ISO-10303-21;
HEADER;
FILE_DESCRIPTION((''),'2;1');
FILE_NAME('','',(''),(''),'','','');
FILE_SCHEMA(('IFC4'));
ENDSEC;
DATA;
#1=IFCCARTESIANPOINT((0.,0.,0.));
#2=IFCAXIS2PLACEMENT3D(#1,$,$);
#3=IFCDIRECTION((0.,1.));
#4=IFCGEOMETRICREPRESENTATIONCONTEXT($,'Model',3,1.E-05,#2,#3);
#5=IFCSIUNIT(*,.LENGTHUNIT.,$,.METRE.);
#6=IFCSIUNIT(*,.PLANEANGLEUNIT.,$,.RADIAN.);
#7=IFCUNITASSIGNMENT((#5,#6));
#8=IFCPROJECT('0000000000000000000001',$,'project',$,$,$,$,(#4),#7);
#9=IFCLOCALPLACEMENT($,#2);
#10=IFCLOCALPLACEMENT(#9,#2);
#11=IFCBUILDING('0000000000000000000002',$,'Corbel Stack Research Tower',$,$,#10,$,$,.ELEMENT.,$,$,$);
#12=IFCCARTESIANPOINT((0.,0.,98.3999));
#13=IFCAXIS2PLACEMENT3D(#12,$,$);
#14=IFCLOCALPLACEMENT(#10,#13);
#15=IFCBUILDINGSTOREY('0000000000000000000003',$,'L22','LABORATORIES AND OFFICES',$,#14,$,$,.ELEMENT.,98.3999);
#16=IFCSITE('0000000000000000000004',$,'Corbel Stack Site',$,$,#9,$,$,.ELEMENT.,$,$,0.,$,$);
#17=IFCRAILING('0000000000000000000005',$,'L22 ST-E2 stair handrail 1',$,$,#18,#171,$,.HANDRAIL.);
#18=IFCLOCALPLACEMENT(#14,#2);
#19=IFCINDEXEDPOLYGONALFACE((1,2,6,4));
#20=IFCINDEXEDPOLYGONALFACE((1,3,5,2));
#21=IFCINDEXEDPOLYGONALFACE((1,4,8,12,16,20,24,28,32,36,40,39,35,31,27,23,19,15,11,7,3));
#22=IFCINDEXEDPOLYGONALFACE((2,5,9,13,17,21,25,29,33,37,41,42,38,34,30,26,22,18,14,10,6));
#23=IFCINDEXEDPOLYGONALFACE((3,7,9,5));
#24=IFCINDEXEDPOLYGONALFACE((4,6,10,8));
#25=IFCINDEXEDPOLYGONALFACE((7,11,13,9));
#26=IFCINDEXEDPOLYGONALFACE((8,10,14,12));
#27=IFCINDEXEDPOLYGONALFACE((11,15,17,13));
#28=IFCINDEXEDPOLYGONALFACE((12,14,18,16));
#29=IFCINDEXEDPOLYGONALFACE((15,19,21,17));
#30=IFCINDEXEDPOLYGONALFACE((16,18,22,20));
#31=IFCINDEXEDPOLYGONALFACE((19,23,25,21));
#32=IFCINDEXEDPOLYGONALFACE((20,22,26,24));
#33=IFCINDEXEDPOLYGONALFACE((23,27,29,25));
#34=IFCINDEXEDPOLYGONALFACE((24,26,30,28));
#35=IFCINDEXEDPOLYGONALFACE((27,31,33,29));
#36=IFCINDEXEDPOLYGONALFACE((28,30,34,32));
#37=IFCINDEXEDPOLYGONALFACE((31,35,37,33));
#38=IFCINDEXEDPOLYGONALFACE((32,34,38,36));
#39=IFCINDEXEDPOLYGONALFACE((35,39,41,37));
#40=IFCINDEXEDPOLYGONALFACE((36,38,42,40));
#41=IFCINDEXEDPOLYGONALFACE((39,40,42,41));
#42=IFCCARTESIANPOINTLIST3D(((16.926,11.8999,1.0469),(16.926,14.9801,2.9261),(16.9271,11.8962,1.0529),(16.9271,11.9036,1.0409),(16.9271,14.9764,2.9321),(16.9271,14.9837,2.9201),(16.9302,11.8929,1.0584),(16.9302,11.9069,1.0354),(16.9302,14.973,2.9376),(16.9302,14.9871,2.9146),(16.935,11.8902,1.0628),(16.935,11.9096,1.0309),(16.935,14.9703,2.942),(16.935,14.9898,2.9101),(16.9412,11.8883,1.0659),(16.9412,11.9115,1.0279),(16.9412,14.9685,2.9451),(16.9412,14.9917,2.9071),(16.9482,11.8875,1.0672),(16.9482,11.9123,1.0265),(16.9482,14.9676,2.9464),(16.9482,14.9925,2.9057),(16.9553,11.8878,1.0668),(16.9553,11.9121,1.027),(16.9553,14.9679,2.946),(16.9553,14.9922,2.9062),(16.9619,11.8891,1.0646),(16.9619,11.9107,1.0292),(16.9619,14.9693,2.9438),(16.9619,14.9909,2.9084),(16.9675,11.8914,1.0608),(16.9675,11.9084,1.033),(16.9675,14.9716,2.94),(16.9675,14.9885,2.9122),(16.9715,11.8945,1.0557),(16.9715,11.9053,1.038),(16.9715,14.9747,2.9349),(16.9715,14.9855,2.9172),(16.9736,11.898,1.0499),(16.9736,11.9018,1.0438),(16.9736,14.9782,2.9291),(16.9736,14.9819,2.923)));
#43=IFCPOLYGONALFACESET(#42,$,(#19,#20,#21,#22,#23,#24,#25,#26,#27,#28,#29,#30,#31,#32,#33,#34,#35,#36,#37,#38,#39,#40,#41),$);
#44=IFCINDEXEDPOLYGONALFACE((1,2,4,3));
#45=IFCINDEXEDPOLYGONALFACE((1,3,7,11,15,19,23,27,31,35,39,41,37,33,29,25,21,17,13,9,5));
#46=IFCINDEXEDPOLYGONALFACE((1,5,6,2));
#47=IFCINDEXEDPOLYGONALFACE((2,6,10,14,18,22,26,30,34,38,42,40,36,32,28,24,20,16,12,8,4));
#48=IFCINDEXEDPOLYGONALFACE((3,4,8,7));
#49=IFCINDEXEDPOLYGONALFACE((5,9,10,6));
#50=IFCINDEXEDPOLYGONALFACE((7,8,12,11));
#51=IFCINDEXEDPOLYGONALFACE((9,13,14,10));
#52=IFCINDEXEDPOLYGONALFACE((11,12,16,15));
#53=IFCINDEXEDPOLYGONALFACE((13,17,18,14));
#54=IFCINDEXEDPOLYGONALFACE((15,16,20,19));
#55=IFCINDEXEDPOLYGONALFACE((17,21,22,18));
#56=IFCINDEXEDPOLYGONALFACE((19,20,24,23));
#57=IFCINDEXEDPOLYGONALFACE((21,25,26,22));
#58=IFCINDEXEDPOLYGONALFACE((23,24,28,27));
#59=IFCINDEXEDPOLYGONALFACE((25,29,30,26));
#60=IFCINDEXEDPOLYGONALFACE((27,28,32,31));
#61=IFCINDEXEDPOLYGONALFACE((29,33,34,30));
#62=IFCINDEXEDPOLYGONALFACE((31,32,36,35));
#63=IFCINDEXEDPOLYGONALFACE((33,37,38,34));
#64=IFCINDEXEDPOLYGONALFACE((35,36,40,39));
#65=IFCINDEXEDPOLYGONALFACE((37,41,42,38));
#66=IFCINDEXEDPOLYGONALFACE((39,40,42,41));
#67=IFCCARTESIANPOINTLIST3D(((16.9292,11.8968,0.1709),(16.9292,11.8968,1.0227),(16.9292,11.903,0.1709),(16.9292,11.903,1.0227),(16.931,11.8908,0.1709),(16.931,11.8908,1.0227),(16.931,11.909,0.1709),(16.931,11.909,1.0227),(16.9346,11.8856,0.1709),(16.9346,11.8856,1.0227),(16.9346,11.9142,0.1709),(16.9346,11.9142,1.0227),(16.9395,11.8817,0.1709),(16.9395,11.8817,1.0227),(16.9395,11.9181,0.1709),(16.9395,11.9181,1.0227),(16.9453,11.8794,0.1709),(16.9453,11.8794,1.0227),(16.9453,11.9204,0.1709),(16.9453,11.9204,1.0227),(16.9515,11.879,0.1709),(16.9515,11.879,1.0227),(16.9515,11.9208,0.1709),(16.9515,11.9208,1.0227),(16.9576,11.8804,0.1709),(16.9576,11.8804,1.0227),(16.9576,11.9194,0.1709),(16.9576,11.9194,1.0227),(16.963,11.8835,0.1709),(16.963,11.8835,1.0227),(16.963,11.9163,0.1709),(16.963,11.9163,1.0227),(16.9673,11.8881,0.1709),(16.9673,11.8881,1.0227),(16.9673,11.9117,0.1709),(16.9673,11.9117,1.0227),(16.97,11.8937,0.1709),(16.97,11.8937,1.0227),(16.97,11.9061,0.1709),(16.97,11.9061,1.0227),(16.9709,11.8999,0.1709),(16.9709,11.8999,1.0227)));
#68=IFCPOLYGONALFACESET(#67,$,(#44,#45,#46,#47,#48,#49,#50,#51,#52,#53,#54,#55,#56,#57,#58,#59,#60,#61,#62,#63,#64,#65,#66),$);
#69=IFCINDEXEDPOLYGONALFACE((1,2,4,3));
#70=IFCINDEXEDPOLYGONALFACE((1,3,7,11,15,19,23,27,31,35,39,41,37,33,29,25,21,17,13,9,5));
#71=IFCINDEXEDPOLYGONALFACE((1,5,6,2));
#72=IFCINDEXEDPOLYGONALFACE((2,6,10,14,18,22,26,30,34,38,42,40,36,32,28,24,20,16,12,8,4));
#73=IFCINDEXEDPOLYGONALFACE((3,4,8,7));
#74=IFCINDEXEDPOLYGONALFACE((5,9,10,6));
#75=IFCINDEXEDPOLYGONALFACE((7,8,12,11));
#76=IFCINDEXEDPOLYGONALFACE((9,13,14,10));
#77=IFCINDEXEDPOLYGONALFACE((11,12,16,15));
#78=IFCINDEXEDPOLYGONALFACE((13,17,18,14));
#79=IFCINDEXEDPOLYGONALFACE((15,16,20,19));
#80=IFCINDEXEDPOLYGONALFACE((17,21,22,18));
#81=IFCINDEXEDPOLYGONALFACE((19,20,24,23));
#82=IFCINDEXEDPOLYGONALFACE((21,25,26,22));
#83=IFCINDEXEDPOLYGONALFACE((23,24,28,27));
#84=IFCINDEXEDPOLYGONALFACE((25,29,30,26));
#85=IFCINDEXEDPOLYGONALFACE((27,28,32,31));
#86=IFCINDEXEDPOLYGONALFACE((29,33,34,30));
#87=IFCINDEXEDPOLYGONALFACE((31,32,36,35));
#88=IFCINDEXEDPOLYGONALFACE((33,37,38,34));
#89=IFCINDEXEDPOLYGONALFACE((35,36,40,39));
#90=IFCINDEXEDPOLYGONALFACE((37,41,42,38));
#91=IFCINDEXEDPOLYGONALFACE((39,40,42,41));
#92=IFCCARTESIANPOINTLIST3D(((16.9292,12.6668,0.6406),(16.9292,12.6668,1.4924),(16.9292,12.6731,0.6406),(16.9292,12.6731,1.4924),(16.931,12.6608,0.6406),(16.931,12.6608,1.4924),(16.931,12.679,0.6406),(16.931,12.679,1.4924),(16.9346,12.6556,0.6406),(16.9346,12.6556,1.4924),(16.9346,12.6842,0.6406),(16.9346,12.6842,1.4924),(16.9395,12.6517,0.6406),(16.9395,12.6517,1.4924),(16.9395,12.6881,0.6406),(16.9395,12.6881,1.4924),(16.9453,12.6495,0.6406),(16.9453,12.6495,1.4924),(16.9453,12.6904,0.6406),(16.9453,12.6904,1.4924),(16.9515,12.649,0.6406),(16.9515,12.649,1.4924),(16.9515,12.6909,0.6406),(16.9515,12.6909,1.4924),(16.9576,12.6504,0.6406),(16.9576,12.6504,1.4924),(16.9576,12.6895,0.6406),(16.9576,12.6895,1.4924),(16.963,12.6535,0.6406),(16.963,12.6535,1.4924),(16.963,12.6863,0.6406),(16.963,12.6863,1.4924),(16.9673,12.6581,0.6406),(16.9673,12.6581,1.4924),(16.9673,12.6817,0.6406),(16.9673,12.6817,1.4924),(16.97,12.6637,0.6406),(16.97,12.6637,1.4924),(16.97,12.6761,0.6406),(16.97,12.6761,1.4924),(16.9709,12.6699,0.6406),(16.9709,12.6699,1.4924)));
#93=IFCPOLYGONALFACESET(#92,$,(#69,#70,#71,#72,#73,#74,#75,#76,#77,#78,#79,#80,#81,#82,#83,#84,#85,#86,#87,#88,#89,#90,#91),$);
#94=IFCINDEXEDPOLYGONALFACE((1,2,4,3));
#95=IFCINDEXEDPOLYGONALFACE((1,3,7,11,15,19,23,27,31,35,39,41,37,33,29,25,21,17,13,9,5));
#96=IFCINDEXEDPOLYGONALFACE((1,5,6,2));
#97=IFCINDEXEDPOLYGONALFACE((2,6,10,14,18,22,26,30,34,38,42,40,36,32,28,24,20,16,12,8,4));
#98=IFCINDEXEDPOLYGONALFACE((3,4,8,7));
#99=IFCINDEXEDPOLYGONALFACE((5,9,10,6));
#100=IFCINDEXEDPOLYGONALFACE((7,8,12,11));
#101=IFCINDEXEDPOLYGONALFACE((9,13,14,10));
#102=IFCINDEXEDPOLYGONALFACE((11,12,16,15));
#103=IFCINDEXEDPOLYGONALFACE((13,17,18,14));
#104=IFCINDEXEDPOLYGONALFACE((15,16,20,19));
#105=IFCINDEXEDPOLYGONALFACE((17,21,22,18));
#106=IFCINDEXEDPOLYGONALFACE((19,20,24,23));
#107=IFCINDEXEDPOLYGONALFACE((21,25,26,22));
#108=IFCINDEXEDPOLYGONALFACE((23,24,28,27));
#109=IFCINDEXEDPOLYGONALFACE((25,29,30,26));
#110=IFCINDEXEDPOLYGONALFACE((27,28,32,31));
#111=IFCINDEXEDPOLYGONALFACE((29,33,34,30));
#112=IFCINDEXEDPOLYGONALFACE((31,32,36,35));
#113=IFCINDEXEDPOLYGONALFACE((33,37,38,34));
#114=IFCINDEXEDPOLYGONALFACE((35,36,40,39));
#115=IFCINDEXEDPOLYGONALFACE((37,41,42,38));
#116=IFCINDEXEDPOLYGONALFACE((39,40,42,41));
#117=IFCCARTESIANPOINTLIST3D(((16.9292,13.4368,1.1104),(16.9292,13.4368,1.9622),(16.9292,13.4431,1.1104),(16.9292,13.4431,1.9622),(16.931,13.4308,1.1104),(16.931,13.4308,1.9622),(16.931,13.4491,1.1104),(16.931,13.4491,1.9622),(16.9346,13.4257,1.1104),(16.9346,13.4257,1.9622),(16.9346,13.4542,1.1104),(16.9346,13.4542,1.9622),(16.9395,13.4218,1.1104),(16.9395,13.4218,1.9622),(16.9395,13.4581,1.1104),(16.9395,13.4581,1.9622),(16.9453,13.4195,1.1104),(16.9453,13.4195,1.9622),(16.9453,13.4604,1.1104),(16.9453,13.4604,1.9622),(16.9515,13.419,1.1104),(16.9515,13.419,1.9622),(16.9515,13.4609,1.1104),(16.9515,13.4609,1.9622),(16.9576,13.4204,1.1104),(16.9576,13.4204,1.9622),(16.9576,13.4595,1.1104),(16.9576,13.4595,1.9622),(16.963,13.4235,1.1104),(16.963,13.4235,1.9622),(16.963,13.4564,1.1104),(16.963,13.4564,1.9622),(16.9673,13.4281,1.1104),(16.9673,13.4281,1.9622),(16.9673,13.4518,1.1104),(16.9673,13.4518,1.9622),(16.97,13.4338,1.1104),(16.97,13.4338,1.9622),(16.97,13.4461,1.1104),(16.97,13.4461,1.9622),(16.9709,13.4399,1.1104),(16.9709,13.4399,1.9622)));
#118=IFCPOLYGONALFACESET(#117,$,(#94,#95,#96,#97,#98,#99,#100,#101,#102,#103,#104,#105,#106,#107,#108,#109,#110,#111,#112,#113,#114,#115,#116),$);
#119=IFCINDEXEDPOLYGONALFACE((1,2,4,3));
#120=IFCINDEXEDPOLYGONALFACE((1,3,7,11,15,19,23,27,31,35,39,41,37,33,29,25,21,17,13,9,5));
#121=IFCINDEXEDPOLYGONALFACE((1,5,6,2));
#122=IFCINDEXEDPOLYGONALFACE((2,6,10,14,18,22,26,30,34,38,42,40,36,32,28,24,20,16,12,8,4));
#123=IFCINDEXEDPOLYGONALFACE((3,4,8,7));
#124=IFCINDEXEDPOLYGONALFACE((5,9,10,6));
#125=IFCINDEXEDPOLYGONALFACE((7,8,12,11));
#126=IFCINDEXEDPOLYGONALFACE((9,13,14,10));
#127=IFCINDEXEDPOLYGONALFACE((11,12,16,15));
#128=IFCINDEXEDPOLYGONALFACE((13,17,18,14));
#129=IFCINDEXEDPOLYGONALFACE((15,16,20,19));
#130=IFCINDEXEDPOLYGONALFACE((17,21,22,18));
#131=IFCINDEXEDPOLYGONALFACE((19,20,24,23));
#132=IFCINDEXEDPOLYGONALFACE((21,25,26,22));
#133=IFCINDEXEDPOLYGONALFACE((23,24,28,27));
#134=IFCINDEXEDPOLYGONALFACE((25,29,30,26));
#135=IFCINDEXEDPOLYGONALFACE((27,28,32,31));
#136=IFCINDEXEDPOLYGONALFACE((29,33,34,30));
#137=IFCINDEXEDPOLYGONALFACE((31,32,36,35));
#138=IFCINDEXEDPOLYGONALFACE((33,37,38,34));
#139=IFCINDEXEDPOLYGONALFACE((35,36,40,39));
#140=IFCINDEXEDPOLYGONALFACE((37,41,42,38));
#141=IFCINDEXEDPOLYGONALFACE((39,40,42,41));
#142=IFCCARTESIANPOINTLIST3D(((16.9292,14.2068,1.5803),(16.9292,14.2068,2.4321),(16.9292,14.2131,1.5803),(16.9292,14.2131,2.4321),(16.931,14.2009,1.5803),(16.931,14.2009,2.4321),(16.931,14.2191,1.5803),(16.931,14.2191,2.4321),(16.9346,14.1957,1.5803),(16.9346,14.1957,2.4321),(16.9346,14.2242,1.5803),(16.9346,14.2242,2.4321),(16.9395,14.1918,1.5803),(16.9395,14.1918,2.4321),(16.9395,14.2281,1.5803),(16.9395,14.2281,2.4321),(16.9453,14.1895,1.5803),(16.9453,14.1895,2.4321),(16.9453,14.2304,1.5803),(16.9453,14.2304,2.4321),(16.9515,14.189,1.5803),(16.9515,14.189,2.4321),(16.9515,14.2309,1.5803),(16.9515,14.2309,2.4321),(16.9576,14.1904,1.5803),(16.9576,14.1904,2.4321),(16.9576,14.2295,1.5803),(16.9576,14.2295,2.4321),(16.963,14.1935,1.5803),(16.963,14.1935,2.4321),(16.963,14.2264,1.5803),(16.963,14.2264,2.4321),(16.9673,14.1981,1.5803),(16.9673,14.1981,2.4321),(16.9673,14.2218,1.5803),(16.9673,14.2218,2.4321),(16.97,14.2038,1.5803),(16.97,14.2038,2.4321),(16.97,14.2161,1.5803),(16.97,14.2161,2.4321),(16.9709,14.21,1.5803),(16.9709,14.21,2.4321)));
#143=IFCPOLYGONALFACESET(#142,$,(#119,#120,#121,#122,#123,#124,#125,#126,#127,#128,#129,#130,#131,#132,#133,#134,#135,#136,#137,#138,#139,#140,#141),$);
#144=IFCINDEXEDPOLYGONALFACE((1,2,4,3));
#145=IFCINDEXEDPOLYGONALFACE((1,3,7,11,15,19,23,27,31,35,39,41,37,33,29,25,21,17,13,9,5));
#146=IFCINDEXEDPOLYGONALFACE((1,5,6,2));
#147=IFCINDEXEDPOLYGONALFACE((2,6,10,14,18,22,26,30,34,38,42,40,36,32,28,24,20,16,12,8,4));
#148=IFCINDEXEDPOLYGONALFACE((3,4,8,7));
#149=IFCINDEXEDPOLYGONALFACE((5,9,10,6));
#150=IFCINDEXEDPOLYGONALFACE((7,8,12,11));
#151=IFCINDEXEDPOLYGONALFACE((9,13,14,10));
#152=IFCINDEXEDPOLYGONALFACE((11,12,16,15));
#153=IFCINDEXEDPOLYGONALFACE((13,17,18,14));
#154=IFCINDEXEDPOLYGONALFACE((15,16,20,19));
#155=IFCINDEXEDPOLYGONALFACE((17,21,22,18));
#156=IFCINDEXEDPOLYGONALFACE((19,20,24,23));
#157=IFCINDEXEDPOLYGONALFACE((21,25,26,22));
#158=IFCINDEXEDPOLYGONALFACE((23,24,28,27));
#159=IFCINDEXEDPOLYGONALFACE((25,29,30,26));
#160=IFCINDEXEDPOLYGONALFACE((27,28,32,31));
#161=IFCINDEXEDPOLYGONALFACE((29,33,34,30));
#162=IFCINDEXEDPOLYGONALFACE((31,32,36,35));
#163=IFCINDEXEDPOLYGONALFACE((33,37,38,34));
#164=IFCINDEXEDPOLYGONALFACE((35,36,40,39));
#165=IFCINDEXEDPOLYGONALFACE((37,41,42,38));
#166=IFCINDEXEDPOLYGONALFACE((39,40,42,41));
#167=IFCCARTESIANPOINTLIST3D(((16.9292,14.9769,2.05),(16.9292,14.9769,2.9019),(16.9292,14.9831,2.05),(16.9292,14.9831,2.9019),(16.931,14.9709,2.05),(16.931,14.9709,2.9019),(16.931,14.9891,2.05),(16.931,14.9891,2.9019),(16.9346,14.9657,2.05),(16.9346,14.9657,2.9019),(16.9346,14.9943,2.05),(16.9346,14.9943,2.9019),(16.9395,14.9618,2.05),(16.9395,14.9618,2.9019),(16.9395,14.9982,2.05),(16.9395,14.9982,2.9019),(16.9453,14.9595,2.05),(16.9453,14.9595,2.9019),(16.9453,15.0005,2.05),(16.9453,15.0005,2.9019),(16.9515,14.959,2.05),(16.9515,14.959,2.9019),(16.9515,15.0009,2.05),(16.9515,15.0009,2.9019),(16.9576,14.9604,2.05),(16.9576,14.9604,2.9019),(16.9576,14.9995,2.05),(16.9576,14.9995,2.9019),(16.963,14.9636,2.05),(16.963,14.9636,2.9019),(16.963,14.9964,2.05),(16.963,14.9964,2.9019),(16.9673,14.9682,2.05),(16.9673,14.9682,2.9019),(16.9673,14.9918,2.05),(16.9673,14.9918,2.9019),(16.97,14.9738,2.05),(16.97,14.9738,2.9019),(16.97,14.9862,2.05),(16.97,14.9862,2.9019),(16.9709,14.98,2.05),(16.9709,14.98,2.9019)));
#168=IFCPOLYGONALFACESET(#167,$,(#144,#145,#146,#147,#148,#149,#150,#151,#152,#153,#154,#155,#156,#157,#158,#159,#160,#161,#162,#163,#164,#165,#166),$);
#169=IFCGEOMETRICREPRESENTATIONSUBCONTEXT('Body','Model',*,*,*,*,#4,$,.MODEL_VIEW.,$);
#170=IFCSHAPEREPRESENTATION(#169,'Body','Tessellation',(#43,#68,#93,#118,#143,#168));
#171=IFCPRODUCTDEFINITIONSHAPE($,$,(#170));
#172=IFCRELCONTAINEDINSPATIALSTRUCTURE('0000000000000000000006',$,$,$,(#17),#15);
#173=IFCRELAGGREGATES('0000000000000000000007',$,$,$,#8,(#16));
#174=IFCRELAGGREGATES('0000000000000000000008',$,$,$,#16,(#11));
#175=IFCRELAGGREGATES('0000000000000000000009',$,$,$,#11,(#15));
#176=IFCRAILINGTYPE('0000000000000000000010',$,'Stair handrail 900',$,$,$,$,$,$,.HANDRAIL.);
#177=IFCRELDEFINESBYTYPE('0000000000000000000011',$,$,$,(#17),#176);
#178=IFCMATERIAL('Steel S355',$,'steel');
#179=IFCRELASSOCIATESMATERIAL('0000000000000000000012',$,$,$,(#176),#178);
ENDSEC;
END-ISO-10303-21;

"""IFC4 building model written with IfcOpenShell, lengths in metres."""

from ifc_helpers import new_model, si_unit, direction, frame, origin, origin_2d, place, context, subcontext, project, spatial, circle, extrude, material, type_object, element, save


model = new_model("IFC4")

# Units and contexts
model_context = context("Model", 3, precision=1e-05, world=origin(), true_north=direction((0.0, 1.0)))
body_context = subcontext(model_context, "Body", "Model", "MODEL_VIEW")
ifc_project = project(units=[si_unit("LENGTHUNIT", "METRE"), si_unit("PLANEANGLEUNIT", "RADIAN")], contexts=[model_context])

# Site, building, storey
site_placement = place(None, origin())
site = spatial("IfcSite", under=ifc_project, at=site_placement, Name="Corbel Stack Site", CompositionType="ELEMENT", RefElevation=0.0)
building_placement = place(site_placement, origin())
building = spatial("IfcBuilding", under=site, at=building_placement, Name="Corbel Stack Research Tower", CompositionType="ELEMENT")
storey_placement = place(building_placement, frame((0.0, 0.0, 98.3999)))
storey = spatial("IfcBuildingStorey", under=building, at=storey_placement, Name="L22", Description="LABORATORIES AND OFFICES", CompositionType="ELEMENT", Elevation=98.3999)

# Railing
ifc_material_1 = material(Name="Steel S355", Category="steel")
railing_type_1 = type_object("IfcRailingType", Name="Stair handrail 900", PredefinedType="HANDRAIL", material=ifc_material_1)
railing_1_placement = place(storey_placement, frame((16.95, 11.8999, 0.1709)))
element("IfcRailing", 1, at=railing_1_placement, inside=storey, type_object=railing_type_1, Name="L22 ST-E2 stair handrail 1", PredefinedType="HANDRAIL", context=body_context, shape_type="SweptSolid", body=[
    extrude(circle(Radius=0.0239, at=origin_2d()), frame((0.0, 0.0, 0.876), z_axis=(0.0, 0.853666, 0.52082), x_axis=(-1.0, 0.0, 0.0)), (0.0, 0.0, 1.0), 3.6082),
    extrude(circle(Radius=0.021, at=origin_2d()), origin(), (0.0, 0.0, 1.0), 0.8518),
    extrude(circle(Radius=0.021, at=origin_2d()), frame((0.0, 0.77, 0.4697)), (0.0, 0.0, 1.0), 0.8518),
    extrude(circle(Radius=0.021, at=origin_2d()), frame((0.0, 1.54, 0.9395)), (0.0, 0.0, 1.0), 0.8518),
    extrude(circle(Radius=0.021, at=origin_2d()), frame((0.0, 2.3101, 1.4094)), (0.0, 0.0, 1.0), 0.8518),
    extrude(circle(Radius=0.021, at=origin_2d()), frame((0.0, 3.0801, 1.8792)), (0.0, 0.0, 1.0), 0.8518),
])

save(model, "model.ifc")
